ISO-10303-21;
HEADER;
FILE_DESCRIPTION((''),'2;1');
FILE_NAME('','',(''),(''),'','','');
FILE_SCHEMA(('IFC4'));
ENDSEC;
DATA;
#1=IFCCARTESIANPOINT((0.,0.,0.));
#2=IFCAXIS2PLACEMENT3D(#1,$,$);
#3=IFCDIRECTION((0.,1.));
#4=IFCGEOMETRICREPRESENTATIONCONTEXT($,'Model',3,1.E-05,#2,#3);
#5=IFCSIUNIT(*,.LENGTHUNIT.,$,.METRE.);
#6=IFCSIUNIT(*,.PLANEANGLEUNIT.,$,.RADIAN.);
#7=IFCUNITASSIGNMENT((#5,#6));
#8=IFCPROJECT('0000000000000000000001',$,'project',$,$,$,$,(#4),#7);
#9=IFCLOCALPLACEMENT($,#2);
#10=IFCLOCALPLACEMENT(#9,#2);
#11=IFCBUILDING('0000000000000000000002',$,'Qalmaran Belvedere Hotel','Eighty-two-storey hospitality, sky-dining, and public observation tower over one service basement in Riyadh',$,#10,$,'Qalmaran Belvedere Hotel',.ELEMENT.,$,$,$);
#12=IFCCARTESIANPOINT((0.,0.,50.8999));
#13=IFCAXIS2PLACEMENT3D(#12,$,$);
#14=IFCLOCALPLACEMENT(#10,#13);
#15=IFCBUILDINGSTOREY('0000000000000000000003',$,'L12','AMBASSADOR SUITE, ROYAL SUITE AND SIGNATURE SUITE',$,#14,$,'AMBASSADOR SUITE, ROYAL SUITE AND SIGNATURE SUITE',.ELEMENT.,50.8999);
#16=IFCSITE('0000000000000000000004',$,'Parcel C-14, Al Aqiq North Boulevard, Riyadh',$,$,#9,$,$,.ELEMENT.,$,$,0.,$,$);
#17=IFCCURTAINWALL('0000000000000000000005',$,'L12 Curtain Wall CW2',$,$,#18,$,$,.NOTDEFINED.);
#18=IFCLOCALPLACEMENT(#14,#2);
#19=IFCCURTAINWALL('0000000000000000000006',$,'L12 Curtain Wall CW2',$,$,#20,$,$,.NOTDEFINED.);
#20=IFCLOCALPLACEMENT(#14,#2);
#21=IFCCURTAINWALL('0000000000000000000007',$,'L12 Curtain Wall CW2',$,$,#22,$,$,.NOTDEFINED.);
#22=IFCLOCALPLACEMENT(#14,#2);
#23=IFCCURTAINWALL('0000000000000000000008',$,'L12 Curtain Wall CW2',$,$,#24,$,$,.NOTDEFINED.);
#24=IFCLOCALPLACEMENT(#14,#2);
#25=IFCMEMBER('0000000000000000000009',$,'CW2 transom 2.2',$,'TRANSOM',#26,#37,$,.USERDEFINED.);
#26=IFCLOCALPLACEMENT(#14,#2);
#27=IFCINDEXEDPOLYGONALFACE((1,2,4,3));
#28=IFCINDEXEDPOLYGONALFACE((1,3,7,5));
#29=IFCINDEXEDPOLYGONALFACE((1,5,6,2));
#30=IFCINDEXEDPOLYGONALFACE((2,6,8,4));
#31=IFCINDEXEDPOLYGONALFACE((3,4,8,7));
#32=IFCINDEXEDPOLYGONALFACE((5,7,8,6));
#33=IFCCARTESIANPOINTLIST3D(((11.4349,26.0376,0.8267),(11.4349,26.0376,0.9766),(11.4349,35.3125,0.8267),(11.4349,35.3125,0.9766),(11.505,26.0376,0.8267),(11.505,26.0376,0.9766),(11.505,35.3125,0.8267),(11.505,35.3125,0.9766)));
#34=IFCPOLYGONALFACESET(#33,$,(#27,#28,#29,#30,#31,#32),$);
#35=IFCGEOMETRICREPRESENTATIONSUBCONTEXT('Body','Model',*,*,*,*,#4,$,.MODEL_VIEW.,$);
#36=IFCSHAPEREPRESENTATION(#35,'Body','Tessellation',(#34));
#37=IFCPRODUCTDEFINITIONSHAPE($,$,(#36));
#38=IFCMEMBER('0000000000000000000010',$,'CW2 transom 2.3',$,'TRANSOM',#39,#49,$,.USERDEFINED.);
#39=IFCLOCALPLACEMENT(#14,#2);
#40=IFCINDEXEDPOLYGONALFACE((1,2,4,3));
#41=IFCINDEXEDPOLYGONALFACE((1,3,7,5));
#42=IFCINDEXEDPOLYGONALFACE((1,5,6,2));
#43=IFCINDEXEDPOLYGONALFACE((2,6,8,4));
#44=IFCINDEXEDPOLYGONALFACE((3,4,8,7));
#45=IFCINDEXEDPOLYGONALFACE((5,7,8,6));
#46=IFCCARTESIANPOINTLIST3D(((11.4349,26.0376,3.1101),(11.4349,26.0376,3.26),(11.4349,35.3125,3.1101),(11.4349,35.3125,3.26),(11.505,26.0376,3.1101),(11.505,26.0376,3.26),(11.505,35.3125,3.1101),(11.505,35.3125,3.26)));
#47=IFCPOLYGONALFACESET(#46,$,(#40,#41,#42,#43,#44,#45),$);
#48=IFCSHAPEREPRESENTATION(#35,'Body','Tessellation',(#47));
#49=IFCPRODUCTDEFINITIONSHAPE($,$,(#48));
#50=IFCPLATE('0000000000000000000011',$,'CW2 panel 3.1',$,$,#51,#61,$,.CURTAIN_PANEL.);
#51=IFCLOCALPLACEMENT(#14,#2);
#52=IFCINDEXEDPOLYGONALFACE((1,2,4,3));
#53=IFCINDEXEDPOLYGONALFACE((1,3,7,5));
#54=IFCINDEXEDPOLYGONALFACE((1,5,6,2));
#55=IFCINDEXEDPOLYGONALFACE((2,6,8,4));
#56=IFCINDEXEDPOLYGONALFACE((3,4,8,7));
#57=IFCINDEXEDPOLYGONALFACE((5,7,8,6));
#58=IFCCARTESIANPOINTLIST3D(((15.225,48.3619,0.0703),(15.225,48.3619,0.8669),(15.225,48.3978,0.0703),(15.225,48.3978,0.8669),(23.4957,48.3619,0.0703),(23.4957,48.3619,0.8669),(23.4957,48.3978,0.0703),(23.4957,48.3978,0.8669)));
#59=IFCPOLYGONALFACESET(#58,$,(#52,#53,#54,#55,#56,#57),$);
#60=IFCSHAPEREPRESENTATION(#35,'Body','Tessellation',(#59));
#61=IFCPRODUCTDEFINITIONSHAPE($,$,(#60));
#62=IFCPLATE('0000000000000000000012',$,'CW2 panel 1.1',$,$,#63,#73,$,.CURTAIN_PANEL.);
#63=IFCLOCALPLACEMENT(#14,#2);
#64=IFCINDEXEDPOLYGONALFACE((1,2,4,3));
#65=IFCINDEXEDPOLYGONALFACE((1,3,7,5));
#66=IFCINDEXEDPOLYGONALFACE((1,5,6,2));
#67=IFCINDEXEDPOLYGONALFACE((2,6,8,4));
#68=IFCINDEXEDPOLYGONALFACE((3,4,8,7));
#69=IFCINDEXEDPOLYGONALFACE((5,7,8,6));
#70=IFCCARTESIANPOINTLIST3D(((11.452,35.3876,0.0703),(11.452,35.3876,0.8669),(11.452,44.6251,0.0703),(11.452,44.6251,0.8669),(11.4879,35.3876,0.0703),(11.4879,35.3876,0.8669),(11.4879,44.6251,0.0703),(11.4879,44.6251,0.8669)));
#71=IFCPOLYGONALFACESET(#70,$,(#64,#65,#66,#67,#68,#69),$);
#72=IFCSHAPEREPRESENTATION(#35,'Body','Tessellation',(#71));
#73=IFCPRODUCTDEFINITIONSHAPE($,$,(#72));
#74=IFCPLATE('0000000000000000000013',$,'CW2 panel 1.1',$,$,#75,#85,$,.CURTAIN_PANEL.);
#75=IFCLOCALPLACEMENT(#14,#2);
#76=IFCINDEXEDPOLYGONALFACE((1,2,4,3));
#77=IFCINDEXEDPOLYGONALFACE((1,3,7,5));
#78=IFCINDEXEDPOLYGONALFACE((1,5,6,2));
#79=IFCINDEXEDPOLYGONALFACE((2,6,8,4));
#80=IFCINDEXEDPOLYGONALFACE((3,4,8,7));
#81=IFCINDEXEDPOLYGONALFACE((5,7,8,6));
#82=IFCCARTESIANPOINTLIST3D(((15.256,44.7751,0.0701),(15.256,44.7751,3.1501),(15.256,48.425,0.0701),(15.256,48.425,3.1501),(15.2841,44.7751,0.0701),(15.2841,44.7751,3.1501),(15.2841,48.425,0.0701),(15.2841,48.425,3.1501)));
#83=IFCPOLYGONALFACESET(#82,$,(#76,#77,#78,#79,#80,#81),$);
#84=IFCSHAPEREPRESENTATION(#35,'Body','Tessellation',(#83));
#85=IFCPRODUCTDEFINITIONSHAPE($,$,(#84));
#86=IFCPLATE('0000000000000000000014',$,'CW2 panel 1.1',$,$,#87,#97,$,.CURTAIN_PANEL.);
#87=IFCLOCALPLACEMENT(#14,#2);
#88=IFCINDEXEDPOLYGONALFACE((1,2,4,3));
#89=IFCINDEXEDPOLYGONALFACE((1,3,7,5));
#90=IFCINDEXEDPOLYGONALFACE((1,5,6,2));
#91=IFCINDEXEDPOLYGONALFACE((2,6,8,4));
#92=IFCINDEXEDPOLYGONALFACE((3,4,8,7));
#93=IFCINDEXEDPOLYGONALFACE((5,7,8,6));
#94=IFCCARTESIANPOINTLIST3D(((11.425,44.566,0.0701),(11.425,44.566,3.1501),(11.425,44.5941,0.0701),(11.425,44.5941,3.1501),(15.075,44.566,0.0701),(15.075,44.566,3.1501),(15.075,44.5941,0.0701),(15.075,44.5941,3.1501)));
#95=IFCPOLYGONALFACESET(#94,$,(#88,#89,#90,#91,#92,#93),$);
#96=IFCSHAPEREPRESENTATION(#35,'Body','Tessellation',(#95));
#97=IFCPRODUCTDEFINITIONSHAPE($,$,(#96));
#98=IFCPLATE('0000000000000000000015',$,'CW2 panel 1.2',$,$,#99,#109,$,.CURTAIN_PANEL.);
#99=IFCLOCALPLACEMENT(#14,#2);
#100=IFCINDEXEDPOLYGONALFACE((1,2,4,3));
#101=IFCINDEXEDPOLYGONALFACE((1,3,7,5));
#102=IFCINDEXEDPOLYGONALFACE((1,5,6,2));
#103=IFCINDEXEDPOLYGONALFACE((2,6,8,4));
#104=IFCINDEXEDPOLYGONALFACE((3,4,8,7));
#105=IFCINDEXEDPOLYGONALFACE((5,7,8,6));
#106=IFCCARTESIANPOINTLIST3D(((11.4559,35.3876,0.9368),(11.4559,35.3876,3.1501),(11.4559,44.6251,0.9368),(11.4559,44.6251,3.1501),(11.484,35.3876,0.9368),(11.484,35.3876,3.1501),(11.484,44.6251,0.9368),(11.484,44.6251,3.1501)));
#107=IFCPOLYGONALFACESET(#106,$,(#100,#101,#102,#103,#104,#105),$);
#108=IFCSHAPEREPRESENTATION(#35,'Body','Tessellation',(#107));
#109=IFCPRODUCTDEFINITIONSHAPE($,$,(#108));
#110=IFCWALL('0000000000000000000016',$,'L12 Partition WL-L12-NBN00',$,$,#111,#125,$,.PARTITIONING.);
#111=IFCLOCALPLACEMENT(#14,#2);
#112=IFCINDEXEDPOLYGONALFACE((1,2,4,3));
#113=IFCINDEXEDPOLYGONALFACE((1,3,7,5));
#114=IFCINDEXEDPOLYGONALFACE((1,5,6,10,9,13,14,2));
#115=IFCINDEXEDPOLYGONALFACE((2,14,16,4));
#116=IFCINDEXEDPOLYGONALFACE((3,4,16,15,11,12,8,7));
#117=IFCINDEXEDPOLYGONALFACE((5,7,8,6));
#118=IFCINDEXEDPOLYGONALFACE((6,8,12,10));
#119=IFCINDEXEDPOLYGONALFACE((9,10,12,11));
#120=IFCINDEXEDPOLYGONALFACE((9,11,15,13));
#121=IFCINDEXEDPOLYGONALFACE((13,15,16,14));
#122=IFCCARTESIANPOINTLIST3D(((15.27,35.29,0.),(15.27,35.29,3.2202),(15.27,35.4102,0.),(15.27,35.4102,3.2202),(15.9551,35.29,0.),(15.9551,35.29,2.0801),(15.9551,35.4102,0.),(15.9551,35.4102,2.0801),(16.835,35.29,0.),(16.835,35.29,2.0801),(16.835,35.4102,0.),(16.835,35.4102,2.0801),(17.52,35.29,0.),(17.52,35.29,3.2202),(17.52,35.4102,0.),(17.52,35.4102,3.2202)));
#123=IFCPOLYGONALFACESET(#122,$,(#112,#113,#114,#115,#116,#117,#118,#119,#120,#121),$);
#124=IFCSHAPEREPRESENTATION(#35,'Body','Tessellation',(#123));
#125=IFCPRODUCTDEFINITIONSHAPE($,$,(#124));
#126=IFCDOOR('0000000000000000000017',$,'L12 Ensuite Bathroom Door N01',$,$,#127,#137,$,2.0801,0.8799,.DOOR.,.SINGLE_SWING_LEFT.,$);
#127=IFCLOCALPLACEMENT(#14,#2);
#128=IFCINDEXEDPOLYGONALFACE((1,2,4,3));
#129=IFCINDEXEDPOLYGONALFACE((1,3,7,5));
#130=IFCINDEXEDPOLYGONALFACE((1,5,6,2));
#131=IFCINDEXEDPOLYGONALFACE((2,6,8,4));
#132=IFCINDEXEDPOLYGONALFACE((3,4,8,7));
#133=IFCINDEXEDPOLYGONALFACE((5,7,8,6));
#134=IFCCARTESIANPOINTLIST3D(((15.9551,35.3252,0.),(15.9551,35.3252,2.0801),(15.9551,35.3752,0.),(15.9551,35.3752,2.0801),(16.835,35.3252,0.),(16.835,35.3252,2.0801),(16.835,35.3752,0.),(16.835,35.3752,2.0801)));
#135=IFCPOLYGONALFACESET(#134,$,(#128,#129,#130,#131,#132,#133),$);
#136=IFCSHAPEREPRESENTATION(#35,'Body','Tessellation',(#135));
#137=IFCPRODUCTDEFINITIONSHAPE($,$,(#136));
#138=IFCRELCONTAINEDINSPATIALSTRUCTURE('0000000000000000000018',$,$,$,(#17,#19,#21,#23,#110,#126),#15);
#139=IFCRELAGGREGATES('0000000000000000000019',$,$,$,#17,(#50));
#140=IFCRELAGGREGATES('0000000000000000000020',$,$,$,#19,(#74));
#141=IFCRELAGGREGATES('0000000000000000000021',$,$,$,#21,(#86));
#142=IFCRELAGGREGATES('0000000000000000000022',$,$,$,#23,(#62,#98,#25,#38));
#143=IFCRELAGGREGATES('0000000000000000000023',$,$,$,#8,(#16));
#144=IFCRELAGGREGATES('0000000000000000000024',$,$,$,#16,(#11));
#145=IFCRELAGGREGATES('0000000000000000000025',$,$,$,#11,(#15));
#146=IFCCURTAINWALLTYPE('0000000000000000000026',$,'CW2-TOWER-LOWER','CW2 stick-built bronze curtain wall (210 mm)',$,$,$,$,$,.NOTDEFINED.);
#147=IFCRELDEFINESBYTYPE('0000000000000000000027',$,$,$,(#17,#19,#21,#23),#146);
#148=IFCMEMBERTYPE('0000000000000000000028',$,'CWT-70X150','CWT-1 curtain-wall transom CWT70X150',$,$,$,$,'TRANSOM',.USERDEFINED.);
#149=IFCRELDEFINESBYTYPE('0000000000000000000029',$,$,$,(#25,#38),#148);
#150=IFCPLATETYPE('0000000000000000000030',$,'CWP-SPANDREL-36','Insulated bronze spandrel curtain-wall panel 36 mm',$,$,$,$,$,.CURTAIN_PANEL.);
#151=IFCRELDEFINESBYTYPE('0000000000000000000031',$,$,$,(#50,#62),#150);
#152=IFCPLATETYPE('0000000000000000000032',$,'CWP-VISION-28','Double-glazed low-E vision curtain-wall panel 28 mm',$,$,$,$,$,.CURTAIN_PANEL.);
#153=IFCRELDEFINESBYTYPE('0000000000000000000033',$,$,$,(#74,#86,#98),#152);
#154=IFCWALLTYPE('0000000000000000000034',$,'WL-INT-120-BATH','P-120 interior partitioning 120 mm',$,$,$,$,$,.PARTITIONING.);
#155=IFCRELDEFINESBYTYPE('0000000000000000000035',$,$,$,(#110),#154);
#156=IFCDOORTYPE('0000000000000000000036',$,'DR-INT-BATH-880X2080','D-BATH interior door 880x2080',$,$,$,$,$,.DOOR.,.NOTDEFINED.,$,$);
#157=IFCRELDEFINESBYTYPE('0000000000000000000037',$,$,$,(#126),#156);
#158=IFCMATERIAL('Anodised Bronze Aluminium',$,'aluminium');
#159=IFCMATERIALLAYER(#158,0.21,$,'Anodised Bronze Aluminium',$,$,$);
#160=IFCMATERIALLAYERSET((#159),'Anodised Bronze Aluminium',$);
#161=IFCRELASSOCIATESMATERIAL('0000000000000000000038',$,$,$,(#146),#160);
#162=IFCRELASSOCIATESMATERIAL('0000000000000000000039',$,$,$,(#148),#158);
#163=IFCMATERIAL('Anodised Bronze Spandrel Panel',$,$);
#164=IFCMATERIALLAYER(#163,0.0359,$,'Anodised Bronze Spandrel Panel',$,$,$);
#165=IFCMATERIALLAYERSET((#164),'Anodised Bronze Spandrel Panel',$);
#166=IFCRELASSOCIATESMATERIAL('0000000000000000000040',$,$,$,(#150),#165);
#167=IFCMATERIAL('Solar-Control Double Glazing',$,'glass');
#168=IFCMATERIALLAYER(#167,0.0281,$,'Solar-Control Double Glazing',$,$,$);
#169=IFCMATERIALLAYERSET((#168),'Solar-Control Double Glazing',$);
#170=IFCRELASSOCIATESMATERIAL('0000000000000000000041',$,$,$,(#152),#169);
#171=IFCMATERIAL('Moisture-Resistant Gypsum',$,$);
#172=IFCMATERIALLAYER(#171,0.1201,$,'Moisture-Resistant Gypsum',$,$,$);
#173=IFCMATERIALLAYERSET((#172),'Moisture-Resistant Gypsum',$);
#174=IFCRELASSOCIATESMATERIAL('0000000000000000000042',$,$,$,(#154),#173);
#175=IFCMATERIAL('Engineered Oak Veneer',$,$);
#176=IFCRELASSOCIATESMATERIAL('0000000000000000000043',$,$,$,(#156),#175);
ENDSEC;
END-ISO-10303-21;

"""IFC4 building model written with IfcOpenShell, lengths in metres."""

from ifc_helpers import new_model, si_unit, direction, frame, frame_2d, origin, origin_2d, place, context, subcontext, project, spatial, rectangle, extrude, material, layer, layer_set, material_profile, profile_set, type_object, element, fill, aggregate, save


model = new_model("IFC4")

# Units and contexts
model_context = context("Model", 3, precision=1e-05, world=origin(), true_north=direction((0.0, 1.0)))
body_context = subcontext(model_context, "Body", "Model", "MODEL_VIEW")
ifc_project = project(units=[si_unit("LENGTHUNIT", "METRE"), si_unit("PLANEANGLEUNIT", "RADIAN")], contexts=[model_context])

# Site, building, storey
site_placement = place(None, origin())
site = spatial("IfcSite", under=ifc_project, at=site_placement, Name="Parcel C-14, Al Aqiq North Boulevard, Riyadh", CompositionType="ELEMENT", RefElevation=0.0)
building_placement = place(site_placement, origin())
building = spatial("IfcBuilding", under=site, at=building_placement, Name="Qalmaran Belvedere Hotel", Description="Eighty-two-storey hospitality, sky-dining, and public observation tower over one service basement in Riyadh", LongName="Qalmaran Belvedere Hotel", CompositionType="ELEMENT")
storey_placement = place(building_placement, frame((0.0, 0.0, 50.8999)))
storey = spatial("IfcBuildingStorey", under=building, at=storey_placement, Name="L12", Description="AMBASSADOR SUITE, ROYAL SUITE AND SIGNATURE SUITE", LongName="AMBASSADOR SUITE, ROYAL SUITE AND SIGNATURE SUITE", CompositionType="ELEMENT", Elevation=50.8999)

# Curtain wall
ifc_material_1 = material(Name="Anodised Bronze Aluminium", Category="aluminium")
ifc_layer_1 = layer(ifc_material_1, 0.21, Name="Anodised Bronze Aluminium")
ifc_layer_set_1 = layer_set([ifc_layer_1], Name="Anodised Bronze Aluminium")
curtain_wall_type = type_object("IfcCurtainWallType", Name="CW2-TOWER-LOWER", Description="CW2 stick-built bronze curtain wall (210 mm)", PredefinedType="NOTDEFINED", material=ifc_layer_set_1)
curtain_wall_1_placement = place(storey_placement, origin())
curtain_wall_1 = element("IfcCurtainWall", 1, at=curtain_wall_1_placement, inside=storey, type_object=curtain_wall_type, Name="L12 Curtain Wall CW2", PredefinedType="NOTDEFINED")

# Curtain walls
curtain_wall_2_placement = place(storey_placement, origin())
curtain_wall_2 = element("IfcCurtainWall", 2, at=curtain_wall_2_placement, inside=storey, type_object=curtain_wall_type, Name="L12 Curtain Wall CW2", PredefinedType="NOTDEFINED")
curtain_wall_3_placement = place(storey_placement, origin())
curtain_wall_3 = element("IfcCurtainWall", 3, at=curtain_wall_3_placement, inside=storey, type_object=curtain_wall_type, Name="L12 Curtain Wall CW2", PredefinedType="NOTDEFINED")
curtain_wall_4_placement = place(storey_placement, origin())
curtain_wall_4 = element("IfcCurtainWall", 4, at=curtain_wall_4_placement, inside=storey, type_object=curtain_wall_type, Name="L12 Curtain Wall CW2", PredefinedType="NOTDEFINED")

# Members
ifc_material_profile_1 = material_profile(ifc_material_1, rectangle(XDim=0.0701, YDim=0.1499, at=origin_2d()), Name="CWT70X150")
ifc_profile_set_1 = profile_set([ifc_material_profile_1], Name="Anodised Bronze Aluminium")
member_type_1 = type_object("IfcMemberType", Name="CWT-70X150", Description="CWT-1 curtain-wall transom CWT70X150", ElementType="TRANSOM", PredefinedType="USERDEFINED", material=ifc_profile_set_1)
member_1_placement = place(storey_placement, frame((11.47, 35.3125, 0.9016), z_axis=(0.0, -1.0, 0.0), x_axis=(1.0, 0.0, 0.0)))
member_1 = element("IfcMember", 5, at=member_1_placement, type_object=member_type_1, Name="CW2 transom 2.2", ObjectType="TRANSOM", PredefinedType="USERDEFINED", context=body_context, shape_type="SweptSolid", body=[
    extrude(rectangle(XDim=0.0701, YDim=0.1499, at=origin_2d()), origin(), (0.0, 0.0, 1.0), 9.2749),
])
member_2_placement = place(storey_placement, frame((11.47, 35.3125, 3.1851), z_axis=(0.0, -1.0, 0.0), x_axis=(1.0, 0.0, 0.0)))
member_2 = element("IfcMember", 6, at=member_2_placement, type_object=member_type_1, Name="CW2 transom 2.3", ObjectType="TRANSOM", PredefinedType="USERDEFINED", context=body_context, shape_type="SweptSolid", body=[
    extrude(rectangle(XDim=0.0701, YDim=0.1499, at=origin_2d()), origin(), (0.0, 0.0, 1.0), 9.2749),
])

# Plates
ifc_material_2 = material(Name="Anodised Bronze Spandrel Panel")
ifc_layer_2 = layer(ifc_material_2, 0.0359, Name="Anodised Bronze Spandrel Panel")
ifc_layer_set_2 = layer_set([ifc_layer_2], Name="Anodised Bronze Spandrel Panel")
plate_type_1 = type_object("IfcPlateType", Name="CWP-SPANDREL-36", Description="Insulated bronze spandrel curtain-wall panel 36 mm", PredefinedType="CURTAIN_PANEL", material=ifc_layer_set_2)
plate_1_placement = place(storey_placement, frame((19.3604, 48.3799, 0.0703), z_axis=(0.0, 0.0, 1.0), x_axis=(-1.0, 0.0, 0.0)))
plate_1 = element("IfcPlate", 7, at=plate_1_placement, type_object=plate_type_1, Name="CW2 panel 3.1", PredefinedType="CURTAIN_PANEL", context=body_context, shape_type="SweptSolid", body=[
    extrude(rectangle(XDim=8.2708, YDim=0.0359, at=origin_2d()), origin(), (0.0, 0.0, 1.0), 0.7966),
])
aggregate(curtain_wall_1, [plate_1])
plate_2_placement = place(storey_placement, frame((11.47, 40.0063, 0.0703), z_axis=(0.0, 0.0, 1.0), x_axis=(0.0, -1.0, 0.0)))
plate_2 = element("IfcPlate", 8, at=plate_2_placement, type_object=plate_type_1, Name="CW2 panel 1.1", PredefinedType="CURTAIN_PANEL", context=body_context, shape_type="SweptSolid", body=[
    extrude(rectangle(XDim=9.2375, YDim=0.0359, at=origin_2d()), origin(), (0.0, 0.0, 1.0), 0.7966),
])
ifc_material_3 = material(Name="Solar-Control Double Glazing", Category="glass")
ifc_layer_3 = layer(ifc_material_3, 0.0281, Name="Solar-Control Double Glazing")
ifc_layer_set_3 = layer_set([ifc_layer_3], Name="Solar-Control Double Glazing")
plate_type_2 = type_object("IfcPlateType", Name="CWP-VISION-28", Description="Double-glazed low-E vision curtain-wall panel 28 mm", PredefinedType="CURTAIN_PANEL", material=ifc_layer_set_3)
plate_3_placement = place(storey_placement, frame((15.27, 46.6001, 0.0701), z_axis=(0.0, 0.0, 1.0), x_axis=(0.0, -1.0, 0.0)))
plate_3 = element("IfcPlate", 9, at=plate_3_placement, type_object=plate_type_2, Name="CW2 panel 1.1", PredefinedType="CURTAIN_PANEL", context=body_context, shape_type="SweptSolid", body=[
    extrude(rectangle(XDim=3.6499, YDim=0.0281, at=origin_2d()), origin(), (0.0, 0.0, 1.0), 3.0801),
])
aggregate(curtain_wall_2, [plate_3])
plate_4_placement = place(storey_placement, frame((13.25, 44.5801, 0.0701), z_axis=(0.0, 0.0, 1.0), x_axis=(-1.0, 0.0, 0.0)))
plate_4 = element("IfcPlate", 10, at=plate_4_placement, type_object=plate_type_2, Name="CW2 panel 1.1", PredefinedType="CURTAIN_PANEL", context=body_context, shape_type="SweptSolid", body=[
    extrude(rectangle(XDim=3.6499, YDim=0.0281, at=origin_2d()), origin(), (0.0, 0.0, 1.0), 3.0801),
])
aggregate(curtain_wall_3, [plate_4])
plate_5_placement = place(storey_placement, frame((11.47, 40.0063, 0.9368), z_axis=(0.0, 0.0, 1.0), x_axis=(0.0, -1.0, 0.0)))
plate_5 = element("IfcPlate", 11, at=plate_5_placement, type_object=plate_type_2, Name="CW2 panel 1.2", PredefinedType="CURTAIN_PANEL", context=body_context, shape_type="SweptSolid", body=[
    extrude(rectangle(XDim=9.2375, YDim=0.0281, at=origin_2d()), origin(), (0.0, 0.0, 1.0), 2.2134),
])
aggregate(curtain_wall_4, [plate_2, plate_5, member_1, member_2])

# Wall, opening, door
ifc_material_4 = material(Name="Moisture-Resistant Gypsum")
ifc_layer_4 = layer(ifc_material_4, 0.1201, Name="Moisture-Resistant Gypsum")
ifc_layer_set_4 = layer_set([ifc_layer_4], Name="Moisture-Resistant Gypsum")
wall_type = type_object("IfcWallType", Name="WL-INT-120-BATH", Description="P-120 interior partitioning 120 mm", PredefinedType="PARTITIONING", material=ifc_layer_set_4)
wall_placement = place(storey_placement, frame((15.27, 35.3501, 0.0), z_axis=(0.0, 0.0, 1.0), x_axis=(1.0, 0.0, 0.0)))
wall = element("IfcWall", 12, at=wall_placement, inside=storey, type_object=wall_type, Name="L12 Partition WL-L12-NBN00", PredefinedType="PARTITIONING", context=body_context, shape_type="SweptSolid", body=[
    extrude(rectangle(XDim=2.25, YDim=0.1201, at=frame_2d((1.125, 0.0))), origin(), (0.0, 0.0, 1.0), 3.2202),
])
opening_placement = place(wall_placement, frame((1.5649, 0.0, 0.0), z_axis=(0.0, 0.0, 1.0), x_axis=(-1.0, 0.0, 0.0)))
opening = element("IfcOpeningElement", 13, at=opening_placement, cuts=wall, PredefinedType="OPENING", context=body_context, shape_type="SweptSolid", body=[
    extrude(rectangle(XDim=0.8799, YDim=2.0801, at=frame_2d((0.4399, 1.04))), frame((0.0, 0.0701, 0.0), z_axis=(0.0, -1.0, 0.0), x_axis=(1.0, 0.0, 0.0)), (0.0, 0.0, 1.0), 0.1401),
])
ifc_material_5 = material(Name="Engineered Oak Veneer")
door_type = type_object("IfcDoorType", Name="DR-INT-BATH-880X2080", Description="D-BATH interior door 880x2080", OperationType="NOTDEFINED", PredefinedType="DOOR", material=ifc_material_5)
door_placement = place(opening_placement, origin())
door = element("IfcDoor", 14, at=door_placement, inside=storey, type_object=door_type, Name="L12 Ensuite Bathroom Door N01", OperationType="SINGLE_SWING_LEFT", OverallHeight=2.0801, OverallWidth=0.8799, PredefinedType="DOOR", context=body_context, shape_type="SweptSolid", body=[
    extrude(rectangle(XDim=0.8799, YDim=2.0801, at=frame_2d((0.4399, 1.04))), frame((0.0, 0.0249, 0.0), z_axis=(0.0, -1.0, 0.0), x_axis=(1.0, 0.0, 0.0)), (0.0, 0.0, 1.0), 0.05),
])
fill(opening, door)

save(model, "model.ifc")
